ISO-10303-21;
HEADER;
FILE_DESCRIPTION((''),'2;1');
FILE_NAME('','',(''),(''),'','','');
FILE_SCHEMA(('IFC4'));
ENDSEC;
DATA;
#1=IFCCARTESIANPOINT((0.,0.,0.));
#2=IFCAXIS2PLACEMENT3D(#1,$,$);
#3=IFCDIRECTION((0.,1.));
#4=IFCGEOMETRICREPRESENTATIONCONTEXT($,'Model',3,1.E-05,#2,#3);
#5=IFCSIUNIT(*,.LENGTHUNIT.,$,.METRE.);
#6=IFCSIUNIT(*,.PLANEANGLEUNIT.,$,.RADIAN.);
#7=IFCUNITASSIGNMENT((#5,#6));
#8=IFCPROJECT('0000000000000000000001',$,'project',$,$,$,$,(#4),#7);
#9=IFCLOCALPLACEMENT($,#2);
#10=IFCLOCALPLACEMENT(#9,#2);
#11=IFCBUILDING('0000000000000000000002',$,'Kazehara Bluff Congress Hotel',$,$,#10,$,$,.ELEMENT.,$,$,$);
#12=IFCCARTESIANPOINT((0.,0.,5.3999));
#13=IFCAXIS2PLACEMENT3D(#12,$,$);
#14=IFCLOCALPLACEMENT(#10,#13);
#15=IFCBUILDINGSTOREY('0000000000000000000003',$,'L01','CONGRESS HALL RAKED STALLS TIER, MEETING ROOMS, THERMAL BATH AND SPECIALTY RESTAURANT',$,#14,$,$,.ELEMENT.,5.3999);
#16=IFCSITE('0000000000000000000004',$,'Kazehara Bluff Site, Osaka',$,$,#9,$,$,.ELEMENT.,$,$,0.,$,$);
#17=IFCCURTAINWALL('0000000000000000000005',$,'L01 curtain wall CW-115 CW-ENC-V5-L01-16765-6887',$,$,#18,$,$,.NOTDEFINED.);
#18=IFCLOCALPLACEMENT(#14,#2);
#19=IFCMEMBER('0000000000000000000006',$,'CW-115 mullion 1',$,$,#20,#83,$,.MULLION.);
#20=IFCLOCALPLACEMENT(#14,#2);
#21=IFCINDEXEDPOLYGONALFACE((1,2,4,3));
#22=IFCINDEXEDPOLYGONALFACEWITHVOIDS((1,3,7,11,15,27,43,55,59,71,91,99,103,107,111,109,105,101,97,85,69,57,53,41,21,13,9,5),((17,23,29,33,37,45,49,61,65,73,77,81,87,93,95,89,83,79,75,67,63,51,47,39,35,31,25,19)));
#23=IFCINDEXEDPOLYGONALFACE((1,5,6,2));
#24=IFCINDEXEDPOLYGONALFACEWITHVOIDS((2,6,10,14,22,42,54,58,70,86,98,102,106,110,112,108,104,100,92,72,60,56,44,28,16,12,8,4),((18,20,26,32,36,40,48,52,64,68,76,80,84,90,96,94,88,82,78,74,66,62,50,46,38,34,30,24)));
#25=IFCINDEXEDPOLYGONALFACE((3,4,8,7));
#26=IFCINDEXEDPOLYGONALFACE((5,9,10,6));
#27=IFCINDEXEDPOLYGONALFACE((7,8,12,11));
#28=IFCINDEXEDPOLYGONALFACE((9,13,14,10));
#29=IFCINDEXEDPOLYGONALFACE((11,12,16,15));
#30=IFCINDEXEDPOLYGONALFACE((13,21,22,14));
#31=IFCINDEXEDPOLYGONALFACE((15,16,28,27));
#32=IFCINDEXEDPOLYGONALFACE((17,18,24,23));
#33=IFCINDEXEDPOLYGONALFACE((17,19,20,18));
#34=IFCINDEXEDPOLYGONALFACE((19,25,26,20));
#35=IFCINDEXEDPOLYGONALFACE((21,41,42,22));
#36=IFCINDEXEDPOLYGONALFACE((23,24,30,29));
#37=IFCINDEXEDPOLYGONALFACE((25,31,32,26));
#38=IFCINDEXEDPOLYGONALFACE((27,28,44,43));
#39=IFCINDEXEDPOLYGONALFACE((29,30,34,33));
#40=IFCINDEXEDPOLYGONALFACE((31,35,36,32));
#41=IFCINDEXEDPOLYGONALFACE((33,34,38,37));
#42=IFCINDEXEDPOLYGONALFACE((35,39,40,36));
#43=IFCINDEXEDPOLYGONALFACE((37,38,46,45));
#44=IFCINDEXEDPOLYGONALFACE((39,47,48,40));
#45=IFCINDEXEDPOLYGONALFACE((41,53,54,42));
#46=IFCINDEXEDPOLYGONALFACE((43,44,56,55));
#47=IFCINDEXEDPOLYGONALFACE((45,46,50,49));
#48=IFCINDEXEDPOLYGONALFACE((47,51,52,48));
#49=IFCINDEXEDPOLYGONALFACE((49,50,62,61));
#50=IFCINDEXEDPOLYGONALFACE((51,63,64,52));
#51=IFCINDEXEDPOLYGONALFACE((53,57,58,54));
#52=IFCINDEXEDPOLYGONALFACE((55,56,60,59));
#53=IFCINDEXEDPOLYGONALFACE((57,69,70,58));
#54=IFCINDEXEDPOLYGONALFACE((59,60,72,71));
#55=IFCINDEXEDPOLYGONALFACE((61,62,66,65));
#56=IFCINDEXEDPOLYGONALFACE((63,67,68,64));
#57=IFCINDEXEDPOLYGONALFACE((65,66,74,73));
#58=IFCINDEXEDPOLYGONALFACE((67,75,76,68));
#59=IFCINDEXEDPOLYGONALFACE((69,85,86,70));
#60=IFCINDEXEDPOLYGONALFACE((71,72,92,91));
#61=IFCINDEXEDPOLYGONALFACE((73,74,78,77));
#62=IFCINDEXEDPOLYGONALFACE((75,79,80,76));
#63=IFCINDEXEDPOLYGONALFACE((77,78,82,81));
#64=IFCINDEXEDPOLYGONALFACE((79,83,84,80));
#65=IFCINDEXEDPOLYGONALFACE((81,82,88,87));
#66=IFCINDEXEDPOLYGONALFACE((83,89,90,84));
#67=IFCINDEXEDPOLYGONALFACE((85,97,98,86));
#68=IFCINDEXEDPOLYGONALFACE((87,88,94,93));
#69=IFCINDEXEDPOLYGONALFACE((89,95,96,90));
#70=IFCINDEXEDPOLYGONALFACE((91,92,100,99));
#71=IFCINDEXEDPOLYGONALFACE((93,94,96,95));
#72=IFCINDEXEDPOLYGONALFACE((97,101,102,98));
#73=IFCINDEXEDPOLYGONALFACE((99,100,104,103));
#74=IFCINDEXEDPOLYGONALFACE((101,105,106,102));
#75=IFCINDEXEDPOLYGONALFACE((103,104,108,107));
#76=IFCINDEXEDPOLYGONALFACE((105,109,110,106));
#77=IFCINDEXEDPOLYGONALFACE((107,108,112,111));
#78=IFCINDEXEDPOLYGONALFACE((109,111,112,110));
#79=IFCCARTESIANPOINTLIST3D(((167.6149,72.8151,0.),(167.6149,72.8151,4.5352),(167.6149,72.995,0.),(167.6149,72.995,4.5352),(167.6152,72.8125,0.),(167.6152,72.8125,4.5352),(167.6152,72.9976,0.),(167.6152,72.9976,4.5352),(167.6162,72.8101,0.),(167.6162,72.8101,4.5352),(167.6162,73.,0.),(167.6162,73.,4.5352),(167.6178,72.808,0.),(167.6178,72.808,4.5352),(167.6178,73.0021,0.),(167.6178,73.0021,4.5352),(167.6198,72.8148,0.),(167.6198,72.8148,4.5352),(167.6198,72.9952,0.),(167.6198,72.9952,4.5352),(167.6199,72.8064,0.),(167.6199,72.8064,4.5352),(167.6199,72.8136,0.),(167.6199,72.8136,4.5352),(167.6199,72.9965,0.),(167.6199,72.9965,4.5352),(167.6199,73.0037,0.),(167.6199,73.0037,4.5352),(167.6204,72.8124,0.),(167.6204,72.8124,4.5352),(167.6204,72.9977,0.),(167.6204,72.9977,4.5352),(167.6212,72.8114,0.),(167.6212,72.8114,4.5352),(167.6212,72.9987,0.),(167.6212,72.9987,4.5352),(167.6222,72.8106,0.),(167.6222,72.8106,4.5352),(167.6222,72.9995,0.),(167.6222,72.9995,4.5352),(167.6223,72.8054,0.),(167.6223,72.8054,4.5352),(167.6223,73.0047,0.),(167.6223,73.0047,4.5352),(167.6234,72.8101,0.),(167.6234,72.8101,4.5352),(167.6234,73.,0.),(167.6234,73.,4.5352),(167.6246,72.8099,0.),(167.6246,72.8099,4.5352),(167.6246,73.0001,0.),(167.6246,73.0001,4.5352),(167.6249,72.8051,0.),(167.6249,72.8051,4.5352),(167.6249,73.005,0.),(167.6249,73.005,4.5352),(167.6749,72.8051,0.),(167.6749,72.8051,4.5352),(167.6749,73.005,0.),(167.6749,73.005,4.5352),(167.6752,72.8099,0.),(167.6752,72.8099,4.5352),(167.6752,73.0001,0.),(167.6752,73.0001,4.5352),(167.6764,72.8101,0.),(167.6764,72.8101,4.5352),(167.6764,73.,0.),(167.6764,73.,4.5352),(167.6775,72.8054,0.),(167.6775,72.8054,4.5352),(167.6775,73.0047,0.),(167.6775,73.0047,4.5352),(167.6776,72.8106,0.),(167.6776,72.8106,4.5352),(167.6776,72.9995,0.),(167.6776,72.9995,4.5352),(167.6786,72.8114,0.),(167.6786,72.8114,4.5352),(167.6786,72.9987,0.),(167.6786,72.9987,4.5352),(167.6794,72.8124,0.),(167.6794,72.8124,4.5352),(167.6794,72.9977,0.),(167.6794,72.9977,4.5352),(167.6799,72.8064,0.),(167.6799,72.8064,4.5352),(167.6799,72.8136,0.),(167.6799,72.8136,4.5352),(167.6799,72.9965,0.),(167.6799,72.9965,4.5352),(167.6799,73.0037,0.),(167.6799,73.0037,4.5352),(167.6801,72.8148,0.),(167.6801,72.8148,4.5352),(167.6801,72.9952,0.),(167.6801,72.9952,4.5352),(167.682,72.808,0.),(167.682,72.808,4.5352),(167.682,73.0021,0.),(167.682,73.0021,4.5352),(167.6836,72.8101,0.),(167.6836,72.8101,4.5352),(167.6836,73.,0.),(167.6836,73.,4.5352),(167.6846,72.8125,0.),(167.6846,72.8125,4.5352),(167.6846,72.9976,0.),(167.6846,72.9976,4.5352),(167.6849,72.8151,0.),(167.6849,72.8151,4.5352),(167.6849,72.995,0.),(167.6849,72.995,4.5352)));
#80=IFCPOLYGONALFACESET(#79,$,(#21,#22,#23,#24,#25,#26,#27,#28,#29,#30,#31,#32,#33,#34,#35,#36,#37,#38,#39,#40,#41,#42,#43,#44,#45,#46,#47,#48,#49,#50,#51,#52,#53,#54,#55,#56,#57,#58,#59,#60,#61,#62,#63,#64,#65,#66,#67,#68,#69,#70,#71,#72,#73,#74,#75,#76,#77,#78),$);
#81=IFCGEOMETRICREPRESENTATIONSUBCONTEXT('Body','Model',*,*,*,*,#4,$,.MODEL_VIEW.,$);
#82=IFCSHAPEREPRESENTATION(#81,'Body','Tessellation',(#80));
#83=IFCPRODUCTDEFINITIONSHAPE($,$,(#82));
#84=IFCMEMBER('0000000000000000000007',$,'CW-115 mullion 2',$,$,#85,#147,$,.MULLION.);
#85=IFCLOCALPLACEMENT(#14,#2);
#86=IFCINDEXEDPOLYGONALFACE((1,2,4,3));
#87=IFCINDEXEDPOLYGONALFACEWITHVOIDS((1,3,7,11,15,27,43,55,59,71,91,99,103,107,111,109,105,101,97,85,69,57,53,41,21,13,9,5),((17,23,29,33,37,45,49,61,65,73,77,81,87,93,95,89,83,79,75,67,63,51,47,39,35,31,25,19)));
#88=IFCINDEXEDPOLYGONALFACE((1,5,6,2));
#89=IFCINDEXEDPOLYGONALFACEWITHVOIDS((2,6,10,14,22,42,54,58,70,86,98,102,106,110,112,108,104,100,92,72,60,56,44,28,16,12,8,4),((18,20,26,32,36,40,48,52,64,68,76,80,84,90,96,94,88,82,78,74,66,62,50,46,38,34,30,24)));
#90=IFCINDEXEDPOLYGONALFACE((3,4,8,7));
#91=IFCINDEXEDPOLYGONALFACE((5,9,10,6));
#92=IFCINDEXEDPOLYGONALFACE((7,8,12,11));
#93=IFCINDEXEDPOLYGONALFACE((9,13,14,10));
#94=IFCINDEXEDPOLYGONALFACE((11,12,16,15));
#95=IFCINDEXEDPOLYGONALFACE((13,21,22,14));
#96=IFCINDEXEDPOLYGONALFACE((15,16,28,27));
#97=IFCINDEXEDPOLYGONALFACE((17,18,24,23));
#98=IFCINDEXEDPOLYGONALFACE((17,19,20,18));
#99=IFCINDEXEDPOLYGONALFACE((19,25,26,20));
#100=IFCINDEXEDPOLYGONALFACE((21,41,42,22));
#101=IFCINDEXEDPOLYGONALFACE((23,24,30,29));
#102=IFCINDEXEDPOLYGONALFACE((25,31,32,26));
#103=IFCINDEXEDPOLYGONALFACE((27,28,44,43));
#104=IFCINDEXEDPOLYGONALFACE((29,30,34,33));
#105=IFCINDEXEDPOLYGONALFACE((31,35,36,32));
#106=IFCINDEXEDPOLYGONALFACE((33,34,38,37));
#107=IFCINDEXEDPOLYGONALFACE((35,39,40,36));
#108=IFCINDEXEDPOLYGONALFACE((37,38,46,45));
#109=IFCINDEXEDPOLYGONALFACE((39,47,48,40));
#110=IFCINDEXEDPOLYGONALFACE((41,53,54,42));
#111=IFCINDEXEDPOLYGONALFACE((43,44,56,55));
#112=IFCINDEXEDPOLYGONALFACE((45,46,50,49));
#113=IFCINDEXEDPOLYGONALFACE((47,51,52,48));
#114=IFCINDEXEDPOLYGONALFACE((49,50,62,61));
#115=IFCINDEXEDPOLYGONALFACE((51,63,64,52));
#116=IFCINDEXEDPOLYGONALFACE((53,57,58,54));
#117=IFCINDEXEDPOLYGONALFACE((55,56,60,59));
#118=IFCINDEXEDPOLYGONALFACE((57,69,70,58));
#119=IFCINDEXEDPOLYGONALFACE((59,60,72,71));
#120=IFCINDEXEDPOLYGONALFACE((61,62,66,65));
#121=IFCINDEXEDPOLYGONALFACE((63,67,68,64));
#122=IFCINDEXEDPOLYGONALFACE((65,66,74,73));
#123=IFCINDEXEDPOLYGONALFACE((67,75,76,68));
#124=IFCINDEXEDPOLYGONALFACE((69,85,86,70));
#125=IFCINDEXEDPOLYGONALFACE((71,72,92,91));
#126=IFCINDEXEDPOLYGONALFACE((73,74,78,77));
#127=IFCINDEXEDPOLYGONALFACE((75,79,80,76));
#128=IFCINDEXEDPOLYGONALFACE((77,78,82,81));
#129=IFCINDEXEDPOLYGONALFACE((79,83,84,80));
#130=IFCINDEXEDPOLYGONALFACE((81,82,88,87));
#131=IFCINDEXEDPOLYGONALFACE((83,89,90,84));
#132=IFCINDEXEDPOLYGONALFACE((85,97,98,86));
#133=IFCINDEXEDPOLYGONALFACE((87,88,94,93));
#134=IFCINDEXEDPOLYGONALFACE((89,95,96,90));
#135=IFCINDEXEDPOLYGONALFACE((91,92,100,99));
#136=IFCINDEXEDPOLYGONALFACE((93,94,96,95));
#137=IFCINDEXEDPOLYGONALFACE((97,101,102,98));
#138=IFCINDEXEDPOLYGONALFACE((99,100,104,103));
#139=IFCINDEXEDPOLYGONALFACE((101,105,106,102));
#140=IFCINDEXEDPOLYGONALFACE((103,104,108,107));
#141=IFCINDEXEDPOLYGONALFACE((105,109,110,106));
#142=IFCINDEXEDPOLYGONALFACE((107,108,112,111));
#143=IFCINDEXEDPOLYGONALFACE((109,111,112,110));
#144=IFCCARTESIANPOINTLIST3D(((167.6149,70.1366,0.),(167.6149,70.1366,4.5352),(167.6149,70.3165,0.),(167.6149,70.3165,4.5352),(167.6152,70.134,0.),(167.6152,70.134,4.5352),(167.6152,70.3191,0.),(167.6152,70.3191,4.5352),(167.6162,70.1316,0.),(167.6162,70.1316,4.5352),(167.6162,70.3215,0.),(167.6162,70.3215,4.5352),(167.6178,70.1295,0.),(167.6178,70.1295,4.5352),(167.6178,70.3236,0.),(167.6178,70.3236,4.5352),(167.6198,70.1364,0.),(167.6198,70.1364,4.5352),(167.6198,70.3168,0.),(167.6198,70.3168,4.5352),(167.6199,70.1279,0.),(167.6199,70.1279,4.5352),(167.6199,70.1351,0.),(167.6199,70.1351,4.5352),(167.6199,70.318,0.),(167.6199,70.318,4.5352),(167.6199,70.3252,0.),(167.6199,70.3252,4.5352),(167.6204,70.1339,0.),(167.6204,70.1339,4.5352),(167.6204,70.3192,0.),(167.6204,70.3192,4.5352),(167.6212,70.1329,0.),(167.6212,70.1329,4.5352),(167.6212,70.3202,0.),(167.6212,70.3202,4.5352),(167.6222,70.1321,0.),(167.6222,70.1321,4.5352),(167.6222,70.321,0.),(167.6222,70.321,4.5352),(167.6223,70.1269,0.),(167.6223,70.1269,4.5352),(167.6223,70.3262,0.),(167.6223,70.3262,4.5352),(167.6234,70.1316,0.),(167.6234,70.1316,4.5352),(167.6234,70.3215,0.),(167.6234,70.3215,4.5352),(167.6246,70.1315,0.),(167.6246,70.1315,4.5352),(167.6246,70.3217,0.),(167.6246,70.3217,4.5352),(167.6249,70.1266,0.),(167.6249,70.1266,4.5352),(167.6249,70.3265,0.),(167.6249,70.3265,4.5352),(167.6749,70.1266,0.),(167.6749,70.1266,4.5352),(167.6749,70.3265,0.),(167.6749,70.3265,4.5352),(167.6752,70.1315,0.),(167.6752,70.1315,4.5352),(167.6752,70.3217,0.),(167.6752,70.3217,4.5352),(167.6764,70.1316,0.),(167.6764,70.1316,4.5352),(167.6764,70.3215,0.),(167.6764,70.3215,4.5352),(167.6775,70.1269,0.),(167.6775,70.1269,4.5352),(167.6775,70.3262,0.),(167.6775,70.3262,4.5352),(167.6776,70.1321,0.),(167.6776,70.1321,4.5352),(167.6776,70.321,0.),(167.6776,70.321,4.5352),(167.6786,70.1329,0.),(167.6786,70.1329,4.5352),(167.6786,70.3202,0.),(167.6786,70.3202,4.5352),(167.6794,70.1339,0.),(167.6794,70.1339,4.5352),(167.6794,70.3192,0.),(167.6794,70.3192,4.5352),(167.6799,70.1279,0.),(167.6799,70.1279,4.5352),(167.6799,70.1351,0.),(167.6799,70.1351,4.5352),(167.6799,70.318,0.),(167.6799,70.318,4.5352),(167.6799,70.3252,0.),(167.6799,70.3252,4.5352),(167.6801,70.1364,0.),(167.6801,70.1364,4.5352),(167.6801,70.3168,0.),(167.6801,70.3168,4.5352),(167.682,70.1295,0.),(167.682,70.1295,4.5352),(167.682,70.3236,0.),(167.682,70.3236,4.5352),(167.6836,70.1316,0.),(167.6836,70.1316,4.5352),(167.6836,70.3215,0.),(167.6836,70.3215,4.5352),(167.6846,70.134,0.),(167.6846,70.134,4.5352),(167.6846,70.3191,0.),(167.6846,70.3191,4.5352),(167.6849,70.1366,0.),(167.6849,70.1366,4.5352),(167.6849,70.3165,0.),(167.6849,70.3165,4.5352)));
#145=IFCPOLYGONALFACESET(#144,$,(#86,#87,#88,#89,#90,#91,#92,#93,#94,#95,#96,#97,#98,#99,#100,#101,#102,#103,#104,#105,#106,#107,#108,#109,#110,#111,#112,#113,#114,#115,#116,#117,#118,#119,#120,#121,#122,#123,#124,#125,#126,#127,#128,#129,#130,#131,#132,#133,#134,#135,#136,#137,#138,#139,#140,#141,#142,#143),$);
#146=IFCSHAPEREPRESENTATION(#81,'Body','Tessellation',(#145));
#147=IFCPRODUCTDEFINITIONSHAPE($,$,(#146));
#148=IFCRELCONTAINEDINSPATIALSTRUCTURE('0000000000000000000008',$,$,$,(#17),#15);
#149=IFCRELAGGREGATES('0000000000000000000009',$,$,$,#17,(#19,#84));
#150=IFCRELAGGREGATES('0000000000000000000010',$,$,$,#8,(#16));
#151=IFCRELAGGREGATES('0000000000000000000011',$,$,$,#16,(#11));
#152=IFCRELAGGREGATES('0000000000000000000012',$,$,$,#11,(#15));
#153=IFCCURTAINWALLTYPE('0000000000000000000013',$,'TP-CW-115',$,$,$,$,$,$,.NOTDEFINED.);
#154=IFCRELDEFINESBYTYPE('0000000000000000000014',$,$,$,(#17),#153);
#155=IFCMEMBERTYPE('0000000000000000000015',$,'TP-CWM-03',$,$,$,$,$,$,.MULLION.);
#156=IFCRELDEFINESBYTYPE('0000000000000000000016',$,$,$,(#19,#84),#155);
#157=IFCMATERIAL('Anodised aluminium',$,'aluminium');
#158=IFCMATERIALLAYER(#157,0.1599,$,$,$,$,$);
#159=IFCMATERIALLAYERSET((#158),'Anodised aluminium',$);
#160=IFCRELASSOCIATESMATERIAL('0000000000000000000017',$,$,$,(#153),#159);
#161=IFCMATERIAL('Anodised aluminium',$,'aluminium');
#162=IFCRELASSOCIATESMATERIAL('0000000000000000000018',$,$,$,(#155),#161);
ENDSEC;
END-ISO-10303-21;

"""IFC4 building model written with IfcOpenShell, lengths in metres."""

from ifc_helpers import new_model, si_unit, direction, frame, origin, origin_2d, place, context, subcontext, project, spatial, hollow_rectangle, extrude, material, layer, layer_set, material_profile, profile_set, type_object, element, aggregate, save


model = new_model("IFC4")

# Units and contexts
model_context = context("Model", 3, precision=1e-05, world=origin(), true_north=direction((0.0, 1.0)))
body_context = subcontext(model_context, "Body", "Model", "MODEL_VIEW")
ifc_project = project(units=[si_unit("LENGTHUNIT", "METRE"), si_unit("PLANEANGLEUNIT", "RADIAN")], contexts=[model_context])

# Site, building, storey
site_placement = place(None, origin())
site = spatial("IfcSite", under=ifc_project, at=site_placement, Name="Kazehara Bluff Site, Osaka", CompositionType="ELEMENT", RefElevation=0.0)
building_placement = place(site_placement, origin())
building = spatial("IfcBuilding", under=site, at=building_placement, Name="Kazehara Bluff Congress Hotel", CompositionType="ELEMENT")
storey_placement = place(building_placement, frame((0.0, 0.0, 5.3999)))
storey = spatial("IfcBuildingStorey", under=building, at=storey_placement, Name="L01", Description="CONGRESS HALL RAKED STALLS TIER, MEETING ROOMS, THERMAL BATH AND SPECIALTY RESTAURANT", CompositionType="ELEMENT", Elevation=5.3999)

# Curtain wall, members
ifc_material_1 = material(Name="Anodised aluminium", Category="aluminium")
ifc_layer_1 = layer(ifc_material_1, 0.1599)
ifc_layer_set_1 = layer_set([ifc_layer_1], Name="Anodised aluminium")
curtain_wall_type_1 = type_object("IfcCurtainWallType", Name="TP-CW-115", PredefinedType="NOTDEFINED", material=ifc_layer_set_1)
curtain_wall_1_placement = place(storey_placement, origin())
curtain_wall_1 = element("IfcCurtainWall", 1, at=curtain_wall_1_placement, inside=storey, type_object=curtain_wall_type_1, Name="L01 curtain wall CW-115 CW-ENC-V5-L01-16765-6887", PredefinedType="NOTDEFINED")
ifc_material_2 = material(Name="Anodised aluminium", Category="aluminium")
ifc_material_profile_1 = material_profile(ifc_material_2, hollow_rectangle(XDim=0.0701, YDim=0.2, WallThickness=0.0049, InnerFilletRadius=0.0049, OuterFilletRadius=0.01, at=origin_2d()))
ifc_profile_set_1 = profile_set([ifc_material_profile_1], Name="Anodised aluminium")
member_type_1 = type_object("IfcMemberType", Name="TP-CWM-03", PredefinedType="MULLION", material=ifc_profile_set_1)
member_1_placement = place(storey_placement, frame((167.6499, 72.905, 0.0), z_axis=(0.0, 0.0, 1.0), x_axis=(1.0, 0.0, 0.0)))
member_1 = element("IfcMember", 2, at=member_1_placement, type_object=member_type_1, Name="CW-115 mullion 1", PredefinedType="MULLION", context=body_context, shape_type="SweptSolid", body=[
    extrude(hollow_rectangle(XDim=0.0701, YDim=0.2, WallThickness=0.0049, InnerFilletRadius=0.0049, OuterFilletRadius=0.01, at=origin_2d()), origin(), (0.0, 0.0, 1.0), 4.5352),
])
member_2_placement = place(storey_placement, frame((167.6499, 70.2266, 0.0), z_axis=(0.0, 0.0, 1.0), x_axis=(1.0, 0.0, 0.0)))
member_2 = element("IfcMember", 3, at=member_2_placement, type_object=member_type_1, Name="CW-115 mullion 2", PredefinedType="MULLION", context=body_context, shape_type="SweptSolid", body=[
    extrude(hollow_rectangle(XDim=0.0701, YDim=0.2, WallThickness=0.0049, InnerFilletRadius=0.0049, OuterFilletRadius=0.01, at=origin_2d()), origin(), (0.0, 0.0, 1.0), 4.5352),
])

aggregate(curtain_wall_1, [member_1, member_2])

save(model, "model.ifc")
